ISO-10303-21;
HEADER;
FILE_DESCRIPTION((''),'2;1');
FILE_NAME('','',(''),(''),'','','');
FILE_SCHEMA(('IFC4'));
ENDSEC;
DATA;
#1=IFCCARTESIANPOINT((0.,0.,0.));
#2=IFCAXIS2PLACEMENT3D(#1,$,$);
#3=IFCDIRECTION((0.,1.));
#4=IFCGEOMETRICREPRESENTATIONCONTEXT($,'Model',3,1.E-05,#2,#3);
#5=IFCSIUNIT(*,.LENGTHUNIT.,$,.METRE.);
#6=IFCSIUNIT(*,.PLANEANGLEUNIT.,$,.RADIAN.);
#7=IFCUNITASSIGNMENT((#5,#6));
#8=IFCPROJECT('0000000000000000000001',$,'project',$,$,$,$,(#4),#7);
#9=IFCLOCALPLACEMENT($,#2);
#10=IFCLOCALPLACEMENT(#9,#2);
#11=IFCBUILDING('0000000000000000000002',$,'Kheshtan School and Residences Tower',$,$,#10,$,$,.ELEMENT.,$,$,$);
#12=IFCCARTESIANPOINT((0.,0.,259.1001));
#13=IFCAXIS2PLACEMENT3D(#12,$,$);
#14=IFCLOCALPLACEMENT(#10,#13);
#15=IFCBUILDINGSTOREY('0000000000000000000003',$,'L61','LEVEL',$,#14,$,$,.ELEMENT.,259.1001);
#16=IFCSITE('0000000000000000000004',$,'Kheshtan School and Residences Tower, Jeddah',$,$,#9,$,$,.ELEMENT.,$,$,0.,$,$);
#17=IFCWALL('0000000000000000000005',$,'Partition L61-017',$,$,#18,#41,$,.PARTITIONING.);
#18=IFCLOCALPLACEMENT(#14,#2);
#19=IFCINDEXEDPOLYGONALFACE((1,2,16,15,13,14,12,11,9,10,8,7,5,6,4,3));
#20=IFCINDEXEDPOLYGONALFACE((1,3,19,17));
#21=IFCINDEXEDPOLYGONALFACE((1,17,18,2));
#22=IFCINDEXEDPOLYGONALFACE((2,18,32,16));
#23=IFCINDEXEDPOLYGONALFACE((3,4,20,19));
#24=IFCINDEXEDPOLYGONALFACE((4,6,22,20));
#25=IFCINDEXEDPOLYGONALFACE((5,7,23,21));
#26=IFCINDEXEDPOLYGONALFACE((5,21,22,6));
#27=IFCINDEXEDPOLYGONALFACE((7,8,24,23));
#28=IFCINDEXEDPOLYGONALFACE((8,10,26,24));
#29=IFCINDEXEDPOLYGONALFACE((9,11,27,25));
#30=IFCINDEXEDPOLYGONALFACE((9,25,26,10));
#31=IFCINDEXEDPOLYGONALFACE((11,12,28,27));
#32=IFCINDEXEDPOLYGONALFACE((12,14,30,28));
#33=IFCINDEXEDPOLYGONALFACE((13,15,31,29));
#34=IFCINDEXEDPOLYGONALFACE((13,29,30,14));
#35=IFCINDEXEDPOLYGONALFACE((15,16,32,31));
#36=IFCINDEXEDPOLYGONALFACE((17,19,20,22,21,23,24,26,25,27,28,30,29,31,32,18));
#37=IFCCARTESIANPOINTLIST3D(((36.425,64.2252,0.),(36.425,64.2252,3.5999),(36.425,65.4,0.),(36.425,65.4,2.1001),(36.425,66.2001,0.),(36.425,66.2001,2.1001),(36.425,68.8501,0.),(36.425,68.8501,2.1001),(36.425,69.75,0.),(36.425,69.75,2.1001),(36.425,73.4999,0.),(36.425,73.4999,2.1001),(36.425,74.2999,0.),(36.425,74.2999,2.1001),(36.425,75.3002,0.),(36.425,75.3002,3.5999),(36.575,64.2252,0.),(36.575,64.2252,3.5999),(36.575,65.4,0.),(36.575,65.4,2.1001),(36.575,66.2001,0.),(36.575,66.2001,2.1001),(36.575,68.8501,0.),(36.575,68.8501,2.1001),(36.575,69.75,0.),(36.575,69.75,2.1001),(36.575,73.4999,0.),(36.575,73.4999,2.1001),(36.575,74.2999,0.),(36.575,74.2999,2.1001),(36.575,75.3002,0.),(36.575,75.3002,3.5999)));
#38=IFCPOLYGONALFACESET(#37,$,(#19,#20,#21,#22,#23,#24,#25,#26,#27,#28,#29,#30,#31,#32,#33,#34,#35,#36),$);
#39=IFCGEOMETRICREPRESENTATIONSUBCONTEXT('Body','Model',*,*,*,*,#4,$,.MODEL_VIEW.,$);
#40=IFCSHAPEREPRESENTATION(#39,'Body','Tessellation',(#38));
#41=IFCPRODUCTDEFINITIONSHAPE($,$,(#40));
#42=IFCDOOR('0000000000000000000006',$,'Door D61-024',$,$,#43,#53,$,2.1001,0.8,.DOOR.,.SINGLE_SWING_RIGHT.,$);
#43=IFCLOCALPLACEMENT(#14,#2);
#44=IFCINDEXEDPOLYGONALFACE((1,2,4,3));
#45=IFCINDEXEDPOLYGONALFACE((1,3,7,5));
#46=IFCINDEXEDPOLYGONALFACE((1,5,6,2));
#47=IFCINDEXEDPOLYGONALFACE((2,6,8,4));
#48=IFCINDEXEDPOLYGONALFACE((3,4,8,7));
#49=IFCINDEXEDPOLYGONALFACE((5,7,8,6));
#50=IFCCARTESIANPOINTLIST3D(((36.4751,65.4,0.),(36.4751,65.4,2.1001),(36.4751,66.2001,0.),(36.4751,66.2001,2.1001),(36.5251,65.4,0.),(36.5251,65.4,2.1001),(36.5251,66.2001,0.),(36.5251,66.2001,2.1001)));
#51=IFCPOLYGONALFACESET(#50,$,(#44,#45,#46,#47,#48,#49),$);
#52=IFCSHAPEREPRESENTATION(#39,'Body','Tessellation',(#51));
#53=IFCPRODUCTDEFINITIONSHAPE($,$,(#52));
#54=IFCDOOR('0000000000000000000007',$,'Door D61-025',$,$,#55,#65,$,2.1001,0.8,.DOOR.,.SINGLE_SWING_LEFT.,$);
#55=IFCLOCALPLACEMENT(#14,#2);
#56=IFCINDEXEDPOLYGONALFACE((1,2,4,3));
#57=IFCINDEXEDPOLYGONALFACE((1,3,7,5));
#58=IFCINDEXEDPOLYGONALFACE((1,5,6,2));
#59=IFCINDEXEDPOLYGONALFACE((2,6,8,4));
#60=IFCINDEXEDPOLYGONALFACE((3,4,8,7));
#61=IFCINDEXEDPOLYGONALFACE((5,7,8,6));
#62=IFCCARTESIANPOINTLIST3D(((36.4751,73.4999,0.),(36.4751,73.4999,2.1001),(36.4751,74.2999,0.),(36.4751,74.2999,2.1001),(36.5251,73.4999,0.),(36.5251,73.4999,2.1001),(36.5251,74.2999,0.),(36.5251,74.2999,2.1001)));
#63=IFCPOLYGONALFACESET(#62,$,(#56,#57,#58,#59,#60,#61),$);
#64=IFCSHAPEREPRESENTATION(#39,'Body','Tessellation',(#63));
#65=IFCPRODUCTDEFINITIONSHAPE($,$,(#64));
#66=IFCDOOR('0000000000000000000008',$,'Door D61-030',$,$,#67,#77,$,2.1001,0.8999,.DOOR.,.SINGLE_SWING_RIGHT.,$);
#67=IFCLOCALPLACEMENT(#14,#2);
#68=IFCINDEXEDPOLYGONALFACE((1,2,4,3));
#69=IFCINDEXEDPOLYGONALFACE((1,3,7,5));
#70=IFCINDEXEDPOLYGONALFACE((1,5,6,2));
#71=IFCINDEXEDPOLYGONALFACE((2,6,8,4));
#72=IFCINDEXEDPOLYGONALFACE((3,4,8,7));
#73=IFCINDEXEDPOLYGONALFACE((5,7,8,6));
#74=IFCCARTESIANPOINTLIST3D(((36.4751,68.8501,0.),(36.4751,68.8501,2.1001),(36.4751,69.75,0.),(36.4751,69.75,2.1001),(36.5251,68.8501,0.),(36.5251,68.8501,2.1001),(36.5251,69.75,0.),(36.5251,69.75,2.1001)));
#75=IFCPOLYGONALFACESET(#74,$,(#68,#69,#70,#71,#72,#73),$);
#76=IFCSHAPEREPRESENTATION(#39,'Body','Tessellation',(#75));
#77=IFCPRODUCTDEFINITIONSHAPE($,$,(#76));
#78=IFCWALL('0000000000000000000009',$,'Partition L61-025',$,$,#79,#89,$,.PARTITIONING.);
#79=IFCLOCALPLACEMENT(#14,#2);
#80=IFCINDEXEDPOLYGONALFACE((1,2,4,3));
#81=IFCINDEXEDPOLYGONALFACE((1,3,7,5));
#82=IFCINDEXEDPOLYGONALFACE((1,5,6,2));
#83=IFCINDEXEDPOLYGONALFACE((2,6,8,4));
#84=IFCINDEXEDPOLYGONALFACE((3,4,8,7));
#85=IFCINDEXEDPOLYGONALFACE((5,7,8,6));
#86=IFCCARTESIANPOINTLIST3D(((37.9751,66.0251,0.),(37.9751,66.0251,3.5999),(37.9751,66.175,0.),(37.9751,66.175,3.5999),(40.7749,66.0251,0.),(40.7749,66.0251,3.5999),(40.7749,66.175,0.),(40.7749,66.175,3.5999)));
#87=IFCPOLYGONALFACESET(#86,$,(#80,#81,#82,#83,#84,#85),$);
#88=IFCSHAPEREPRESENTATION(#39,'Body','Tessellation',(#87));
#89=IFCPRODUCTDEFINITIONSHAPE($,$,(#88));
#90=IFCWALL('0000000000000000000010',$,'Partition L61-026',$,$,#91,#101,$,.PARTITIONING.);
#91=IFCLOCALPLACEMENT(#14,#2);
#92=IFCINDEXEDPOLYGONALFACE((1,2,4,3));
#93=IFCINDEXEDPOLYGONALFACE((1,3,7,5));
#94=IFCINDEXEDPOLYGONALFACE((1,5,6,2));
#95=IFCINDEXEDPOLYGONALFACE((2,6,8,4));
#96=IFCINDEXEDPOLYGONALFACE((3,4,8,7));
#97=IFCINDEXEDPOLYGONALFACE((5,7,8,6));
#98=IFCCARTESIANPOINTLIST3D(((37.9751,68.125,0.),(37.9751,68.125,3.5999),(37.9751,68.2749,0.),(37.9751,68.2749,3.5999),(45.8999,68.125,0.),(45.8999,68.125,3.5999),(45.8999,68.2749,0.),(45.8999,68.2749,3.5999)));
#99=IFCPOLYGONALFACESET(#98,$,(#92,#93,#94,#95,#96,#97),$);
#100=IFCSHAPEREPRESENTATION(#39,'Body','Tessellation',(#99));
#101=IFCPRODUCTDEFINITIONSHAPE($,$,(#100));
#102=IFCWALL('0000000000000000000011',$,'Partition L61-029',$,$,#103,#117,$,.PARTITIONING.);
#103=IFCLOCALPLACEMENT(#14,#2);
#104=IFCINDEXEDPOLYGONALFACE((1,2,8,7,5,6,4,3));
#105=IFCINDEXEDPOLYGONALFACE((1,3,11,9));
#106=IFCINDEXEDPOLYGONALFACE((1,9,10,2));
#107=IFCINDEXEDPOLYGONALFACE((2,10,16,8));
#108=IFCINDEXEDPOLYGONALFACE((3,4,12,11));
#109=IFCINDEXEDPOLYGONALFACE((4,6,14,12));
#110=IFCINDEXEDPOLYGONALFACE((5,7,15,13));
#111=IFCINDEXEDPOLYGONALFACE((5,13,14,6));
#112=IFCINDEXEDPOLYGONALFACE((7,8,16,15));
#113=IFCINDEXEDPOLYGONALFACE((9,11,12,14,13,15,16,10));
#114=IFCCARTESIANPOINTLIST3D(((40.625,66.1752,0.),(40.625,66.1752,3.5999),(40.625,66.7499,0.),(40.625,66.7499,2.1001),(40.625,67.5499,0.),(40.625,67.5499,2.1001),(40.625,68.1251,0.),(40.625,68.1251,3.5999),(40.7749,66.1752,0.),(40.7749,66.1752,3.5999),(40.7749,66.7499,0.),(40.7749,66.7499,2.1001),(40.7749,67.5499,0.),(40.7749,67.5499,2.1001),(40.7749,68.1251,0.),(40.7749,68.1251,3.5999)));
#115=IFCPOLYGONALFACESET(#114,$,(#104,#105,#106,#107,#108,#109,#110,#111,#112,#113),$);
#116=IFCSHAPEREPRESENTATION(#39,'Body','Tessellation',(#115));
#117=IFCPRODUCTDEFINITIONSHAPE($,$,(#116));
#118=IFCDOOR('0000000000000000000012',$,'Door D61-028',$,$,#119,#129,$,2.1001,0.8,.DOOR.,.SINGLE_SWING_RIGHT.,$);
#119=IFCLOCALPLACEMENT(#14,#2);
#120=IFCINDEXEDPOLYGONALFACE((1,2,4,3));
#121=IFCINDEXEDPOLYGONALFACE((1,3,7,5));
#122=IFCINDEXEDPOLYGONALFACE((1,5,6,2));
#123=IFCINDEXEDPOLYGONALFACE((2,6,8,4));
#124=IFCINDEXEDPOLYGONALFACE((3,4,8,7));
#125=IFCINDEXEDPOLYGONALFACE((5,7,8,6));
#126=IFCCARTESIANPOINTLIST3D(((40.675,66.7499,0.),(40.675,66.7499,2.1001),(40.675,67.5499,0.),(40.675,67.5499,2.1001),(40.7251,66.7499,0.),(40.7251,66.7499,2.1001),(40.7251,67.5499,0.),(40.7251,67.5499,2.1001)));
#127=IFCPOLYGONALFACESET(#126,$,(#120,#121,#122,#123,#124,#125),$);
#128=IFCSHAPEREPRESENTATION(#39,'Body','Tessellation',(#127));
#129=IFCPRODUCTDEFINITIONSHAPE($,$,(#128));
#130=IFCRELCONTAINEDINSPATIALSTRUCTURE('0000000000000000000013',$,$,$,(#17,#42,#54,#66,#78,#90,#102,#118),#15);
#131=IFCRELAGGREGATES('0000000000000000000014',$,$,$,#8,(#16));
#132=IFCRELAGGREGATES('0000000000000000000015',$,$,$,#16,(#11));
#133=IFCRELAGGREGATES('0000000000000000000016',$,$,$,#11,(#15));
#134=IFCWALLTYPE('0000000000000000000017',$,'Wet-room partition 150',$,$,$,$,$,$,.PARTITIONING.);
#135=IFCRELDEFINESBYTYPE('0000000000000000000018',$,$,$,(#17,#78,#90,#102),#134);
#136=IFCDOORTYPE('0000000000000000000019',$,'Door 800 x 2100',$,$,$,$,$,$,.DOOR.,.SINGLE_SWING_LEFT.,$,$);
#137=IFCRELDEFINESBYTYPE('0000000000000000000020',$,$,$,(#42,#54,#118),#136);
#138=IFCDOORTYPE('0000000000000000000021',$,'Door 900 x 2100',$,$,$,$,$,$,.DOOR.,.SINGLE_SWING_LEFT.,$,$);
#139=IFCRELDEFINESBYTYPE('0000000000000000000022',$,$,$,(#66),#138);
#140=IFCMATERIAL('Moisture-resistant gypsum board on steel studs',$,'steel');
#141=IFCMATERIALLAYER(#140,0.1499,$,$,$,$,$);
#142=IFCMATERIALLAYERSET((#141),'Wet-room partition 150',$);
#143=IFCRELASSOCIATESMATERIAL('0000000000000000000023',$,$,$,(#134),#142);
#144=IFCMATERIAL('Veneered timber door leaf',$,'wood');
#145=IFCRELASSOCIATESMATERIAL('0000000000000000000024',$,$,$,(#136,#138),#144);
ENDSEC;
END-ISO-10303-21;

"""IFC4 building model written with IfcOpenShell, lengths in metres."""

from ifc_helpers import new_model, si_unit, direction, frame, frame_2d, origin, place, context, subcontext, project, spatial, rectangle, extrude, source, transform, mapped, material, layer, layer_set, type_object, element, fill, save


model = new_model("IFC4")

# Units and contexts
model_context = context("Model", 3, precision=1e-05, world=origin(), true_north=direction((0.0, 1.0)))
body_context = subcontext(model_context, "Body", "Model", "MODEL_VIEW")
ifc_project = project(units=[si_unit("LENGTHUNIT", "METRE"), si_unit("PLANEANGLEUNIT", "RADIAN")], contexts=[model_context])

# Site, building, storey
site_placement = place(None, origin())
site = spatial("IfcSite", under=ifc_project, at=site_placement, Name="Kheshtan School and Residences Tower, Jeddah", CompositionType="ELEMENT", RefElevation=0.0)
building_placement = place(site_placement, origin())
building = spatial("IfcBuilding", under=site, at=building_placement, Name="Kheshtan School and Residences Tower", CompositionType="ELEMENT")
storey_placement = place(building_placement, frame((0.0, 0.0, 259.1001)))
storey = spatial("IfcBuildingStorey", under=building, at=storey_placement, Name="L61", Description="LEVEL", CompositionType="ELEMENT", Elevation=259.1001)

# Shared definitions
ifc_material_1 = material(Name="Moisture-resistant gypsum board on steel studs", Category="steel")
ifc_layer_1 = layer(ifc_material_1, 0.1499)
ifc_layer_set_1 = layer_set([ifc_layer_1], Name="Wet-room partition 150")
wall_type_1 = type_object("IfcWallType", Name="Wet-room partition 150", PredefinedType="PARTITIONING", material=ifc_layer_set_1)

# Wall, openings, doors
wall_1_placement = place(storey_placement, frame((36.5, 64.2251, 0.0), z_axis=(0.0, 0.0, 1.0), x_axis=(0.0, 1.0, 0.0)))
wall_1 = element("IfcWall", 1, at=wall_1_placement, inside=storey, type_object=wall_type_1, Name="Partition L61-017", PredefinedType="PARTITIONING", context=body_context, shape_type="SweptSolid", body=[
    extrude(rectangle(XDim=11.075, YDim=0.1499, at=frame_2d((5.5376, 0.0))), origin(), (0.0, 0.0, 1.0), 3.5999),
])
opening_1_placement = place(wall_1_placement, frame((1.175, 0.0, 0.0)))
opening_1 = element("IfcOpeningElement", 2, at=opening_1_placement, cuts=wall_1, PredefinedType="OPENING", context=body_context, shape_type="SweptSolid", body=[
    extrude(rectangle(XDim=0.8, YDim=2.1001, at=frame_2d((0.3999, 1.05))), frame((0.0, 0.085, 0.0), z_axis=(0.0, -1.0, 0.0), x_axis=(1.0, 0.0, 0.0)), (0.0, 0.0, 1.0), 0.1699),
])
opening_2_placement = place(wall_1_placement, frame((9.2749, 0.0, 0.0)))
opening_2 = element("IfcOpeningElement", 3, at=opening_2_placement, cuts=wall_1, PredefinedType="OPENING", context=body_context, shape_type="SweptSolid", body=[
    extrude(rectangle(XDim=0.8, YDim=2.1001, at=frame_2d((0.3999, 1.05))), frame((0.0, 0.085, 0.0), z_axis=(0.0, -1.0, 0.0), x_axis=(1.0, 0.0, 0.0)), (0.0, 0.0, 1.0), 0.1699),
])
opening_3_placement = place(wall_1_placement, frame((4.625, 0.0, 0.0)))
opening_3 = element("IfcOpeningElement", 4, at=opening_3_placement, cuts=wall_1, PredefinedType="OPENING", context=body_context, shape_type="SweptSolid", body=[
    extrude(rectangle(XDim=0.8999, YDim=2.1001, at=frame_2d((0.45, 1.05))), frame((0.0, 0.085, 0.0), z_axis=(0.0, -1.0, 0.0), x_axis=(1.0, 0.0, 0.0)), (0.0, 0.0, 1.0), 0.1699),
])
ifc_material_2 = material(Name="Veneered timber door leaf", Category="wood")
door_type_1 = type_object("IfcDoorType", Name="Door 800 x 2100", OperationType="SINGLE_SWING_LEFT", PredefinedType="DOOR", material=ifc_material_2)
shared_shape_1 = source(origin(), body_context, "Body", "SweptSolid", [
    extrude(rectangle(XDim=0.8, YDim=2.1001, at=frame_2d((0.3999, 1.05))), frame((0.0, 0.0249, 0.0), z_axis=(0.0, -1.0, 0.0), x_axis=(1.0, 0.0, 0.0)), (0.0, 0.0, 1.0), 0.05),
])
door_1_placement = place(opening_1_placement, origin())
door_1 = element("IfcDoor", 5, at=door_1_placement, inside=storey, type_object=door_type_1, Name="Door D61-024", OperationType="SINGLE_SWING_RIGHT", OverallHeight=2.1001, OverallWidth=0.8, PredefinedType="DOOR", context=body_context, shape_type="MappedRepresentation", body=[
    mapped(shared_shape_1, transform((0.0, 0.0, 0.0), x_axis=(1.0, 0.0, 0.0), y_axis=(0.0, 1.0, 0.0), z_axis=(0.0, 0.0, 1.0), scale=1.0)),
])
fill(opening_1, door_1)
door_2_placement = place(opening_2_placement, origin())
door_2 = element("IfcDoor", 6, at=door_2_placement, inside=storey, type_object=door_type_1, Name="Door D61-025", OperationType="SINGLE_SWING_LEFT", OverallHeight=2.1001, OverallWidth=0.8, PredefinedType="DOOR", context=body_context, shape_type="MappedRepresentation", body=[
    mapped(shared_shape_1, transform((0.0, 0.0, 0.0), x_axis=(1.0, 0.0, 0.0), y_axis=(0.0, 1.0, 0.0), z_axis=(0.0, 0.0, 1.0), scale=1.0)),
])
fill(opening_2, door_2)
door_type_2 = type_object("IfcDoorType", Name="Door 900 x 2100", OperationType="SINGLE_SWING_LEFT", PredefinedType="DOOR", material=ifc_material_2)
shared_shape_2 = source(origin(), body_context, "Body", "SweptSolid", [
    extrude(rectangle(XDim=0.8999, YDim=2.1001, at=frame_2d((0.45, 1.05))), frame((0.0, 0.0249, 0.0), z_axis=(0.0, -1.0, 0.0), x_axis=(1.0, 0.0, 0.0)), (0.0, 0.0, 1.0), 0.05),
])
door_3_placement = place(opening_3_placement, origin())
door_3 = element("IfcDoor", 7, at=door_3_placement, inside=storey, type_object=door_type_2, Name="Door D61-030", OperationType="SINGLE_SWING_RIGHT", OverallHeight=2.1001, OverallWidth=0.8999, PredefinedType="DOOR", context=body_context, shape_type="MappedRepresentation", body=[
    mapped(shared_shape_2, transform((0.0, 0.0, 0.0), x_axis=(1.0, 0.0, 0.0), y_axis=(0.0, 1.0, 0.0), z_axis=(0.0, 0.0, 1.0), scale=1.0)),
])
fill(opening_3, door_3)

# Walls
wall_2_placement = place(storey_placement, frame((37.9751, 66.1001, 0.0), z_axis=(0.0, 0.0, 1.0), x_axis=(1.0, 0.0, 0.0)))
element("IfcWall", 8, at=wall_2_placement, inside=storey, type_object=wall_type_1, Name="Partition L61-025", PredefinedType="PARTITIONING", context=body_context, shape_type="SweptSolid", body=[
    extrude(rectangle(XDim=2.7998, YDim=0.1499, at=frame_2d((1.3999, 0.0))), origin(), (0.0, 0.0, 1.0), 3.5999),
])
wall_3_placement = place(storey_placement, frame((37.9751, 68.2, 0.0), z_axis=(0.0, 0.0, 1.0), x_axis=(1.0, 0.0, 0.0)))
element("IfcWall", 9, at=wall_3_placement, inside=storey, type_object=wall_type_1, Name="Partition L61-026", PredefinedType="PARTITIONING", context=body_context, shape_type="SweptSolid", body=[
    extrude(rectangle(XDim=7.9248, YDim=0.1499, at=frame_2d((3.9624, 0.0))), origin(), (0.0, 0.0, 1.0), 3.5999),
])

# Wall, opening, door
wall_4_placement = place(storey_placement, frame((40.7, 66.175, 0.0), z_axis=(0.0, 0.0, 1.0), x_axis=(0.0, 1.0, 0.0)))
wall_4 = element("IfcWall", 10, at=wall_4_placement, inside=storey, type_object=wall_type_1, Name="Partition L61-029", PredefinedType="PARTITIONING", context=body_context, shape_type="SweptSolid", body=[
    extrude(rectangle(XDim=1.95, YDim=0.1499, at=frame_2d((0.9751, 0.0))), origin(), (0.0, 0.0, 1.0), 3.5999),
])
opening_4_placement = place(wall_4_placement, frame((0.575, 0.0, 0.0)))
opening_4 = element("IfcOpeningElement", 11, at=opening_4_placement, cuts=wall_4, PredefinedType="OPENING", context=body_context, shape_type="SweptSolid", body=[
    extrude(rectangle(XDim=0.8, YDim=2.1001, at=frame_2d((0.3999, 1.05))), frame((0.0, 0.085, 0.0), z_axis=(0.0, -1.0, 0.0), x_axis=(1.0, 0.0, 0.0)), (0.0, 0.0, 1.0), 0.1699),
])
door_4_placement = place(opening_4_placement, origin())
door_4 = element("IfcDoor", 12, at=door_4_placement, inside=storey, type_object=door_type_1, Name="Door D61-028", OperationType="SINGLE_SWING_RIGHT", OverallHeight=2.1001, OverallWidth=0.8, PredefinedType="DOOR", context=body_context, shape_type="MappedRepresentation", body=[
    mapped(shared_shape_1, transform((0.0, 0.0, 0.0), x_axis=(1.0, 0.0, 0.0), y_axis=(0.0, 1.0, 0.0), z_axis=(0.0, 0.0, 1.0), scale=1.0)),
])
fill(opening_4, door_4)

save(model, "model.ifc")
